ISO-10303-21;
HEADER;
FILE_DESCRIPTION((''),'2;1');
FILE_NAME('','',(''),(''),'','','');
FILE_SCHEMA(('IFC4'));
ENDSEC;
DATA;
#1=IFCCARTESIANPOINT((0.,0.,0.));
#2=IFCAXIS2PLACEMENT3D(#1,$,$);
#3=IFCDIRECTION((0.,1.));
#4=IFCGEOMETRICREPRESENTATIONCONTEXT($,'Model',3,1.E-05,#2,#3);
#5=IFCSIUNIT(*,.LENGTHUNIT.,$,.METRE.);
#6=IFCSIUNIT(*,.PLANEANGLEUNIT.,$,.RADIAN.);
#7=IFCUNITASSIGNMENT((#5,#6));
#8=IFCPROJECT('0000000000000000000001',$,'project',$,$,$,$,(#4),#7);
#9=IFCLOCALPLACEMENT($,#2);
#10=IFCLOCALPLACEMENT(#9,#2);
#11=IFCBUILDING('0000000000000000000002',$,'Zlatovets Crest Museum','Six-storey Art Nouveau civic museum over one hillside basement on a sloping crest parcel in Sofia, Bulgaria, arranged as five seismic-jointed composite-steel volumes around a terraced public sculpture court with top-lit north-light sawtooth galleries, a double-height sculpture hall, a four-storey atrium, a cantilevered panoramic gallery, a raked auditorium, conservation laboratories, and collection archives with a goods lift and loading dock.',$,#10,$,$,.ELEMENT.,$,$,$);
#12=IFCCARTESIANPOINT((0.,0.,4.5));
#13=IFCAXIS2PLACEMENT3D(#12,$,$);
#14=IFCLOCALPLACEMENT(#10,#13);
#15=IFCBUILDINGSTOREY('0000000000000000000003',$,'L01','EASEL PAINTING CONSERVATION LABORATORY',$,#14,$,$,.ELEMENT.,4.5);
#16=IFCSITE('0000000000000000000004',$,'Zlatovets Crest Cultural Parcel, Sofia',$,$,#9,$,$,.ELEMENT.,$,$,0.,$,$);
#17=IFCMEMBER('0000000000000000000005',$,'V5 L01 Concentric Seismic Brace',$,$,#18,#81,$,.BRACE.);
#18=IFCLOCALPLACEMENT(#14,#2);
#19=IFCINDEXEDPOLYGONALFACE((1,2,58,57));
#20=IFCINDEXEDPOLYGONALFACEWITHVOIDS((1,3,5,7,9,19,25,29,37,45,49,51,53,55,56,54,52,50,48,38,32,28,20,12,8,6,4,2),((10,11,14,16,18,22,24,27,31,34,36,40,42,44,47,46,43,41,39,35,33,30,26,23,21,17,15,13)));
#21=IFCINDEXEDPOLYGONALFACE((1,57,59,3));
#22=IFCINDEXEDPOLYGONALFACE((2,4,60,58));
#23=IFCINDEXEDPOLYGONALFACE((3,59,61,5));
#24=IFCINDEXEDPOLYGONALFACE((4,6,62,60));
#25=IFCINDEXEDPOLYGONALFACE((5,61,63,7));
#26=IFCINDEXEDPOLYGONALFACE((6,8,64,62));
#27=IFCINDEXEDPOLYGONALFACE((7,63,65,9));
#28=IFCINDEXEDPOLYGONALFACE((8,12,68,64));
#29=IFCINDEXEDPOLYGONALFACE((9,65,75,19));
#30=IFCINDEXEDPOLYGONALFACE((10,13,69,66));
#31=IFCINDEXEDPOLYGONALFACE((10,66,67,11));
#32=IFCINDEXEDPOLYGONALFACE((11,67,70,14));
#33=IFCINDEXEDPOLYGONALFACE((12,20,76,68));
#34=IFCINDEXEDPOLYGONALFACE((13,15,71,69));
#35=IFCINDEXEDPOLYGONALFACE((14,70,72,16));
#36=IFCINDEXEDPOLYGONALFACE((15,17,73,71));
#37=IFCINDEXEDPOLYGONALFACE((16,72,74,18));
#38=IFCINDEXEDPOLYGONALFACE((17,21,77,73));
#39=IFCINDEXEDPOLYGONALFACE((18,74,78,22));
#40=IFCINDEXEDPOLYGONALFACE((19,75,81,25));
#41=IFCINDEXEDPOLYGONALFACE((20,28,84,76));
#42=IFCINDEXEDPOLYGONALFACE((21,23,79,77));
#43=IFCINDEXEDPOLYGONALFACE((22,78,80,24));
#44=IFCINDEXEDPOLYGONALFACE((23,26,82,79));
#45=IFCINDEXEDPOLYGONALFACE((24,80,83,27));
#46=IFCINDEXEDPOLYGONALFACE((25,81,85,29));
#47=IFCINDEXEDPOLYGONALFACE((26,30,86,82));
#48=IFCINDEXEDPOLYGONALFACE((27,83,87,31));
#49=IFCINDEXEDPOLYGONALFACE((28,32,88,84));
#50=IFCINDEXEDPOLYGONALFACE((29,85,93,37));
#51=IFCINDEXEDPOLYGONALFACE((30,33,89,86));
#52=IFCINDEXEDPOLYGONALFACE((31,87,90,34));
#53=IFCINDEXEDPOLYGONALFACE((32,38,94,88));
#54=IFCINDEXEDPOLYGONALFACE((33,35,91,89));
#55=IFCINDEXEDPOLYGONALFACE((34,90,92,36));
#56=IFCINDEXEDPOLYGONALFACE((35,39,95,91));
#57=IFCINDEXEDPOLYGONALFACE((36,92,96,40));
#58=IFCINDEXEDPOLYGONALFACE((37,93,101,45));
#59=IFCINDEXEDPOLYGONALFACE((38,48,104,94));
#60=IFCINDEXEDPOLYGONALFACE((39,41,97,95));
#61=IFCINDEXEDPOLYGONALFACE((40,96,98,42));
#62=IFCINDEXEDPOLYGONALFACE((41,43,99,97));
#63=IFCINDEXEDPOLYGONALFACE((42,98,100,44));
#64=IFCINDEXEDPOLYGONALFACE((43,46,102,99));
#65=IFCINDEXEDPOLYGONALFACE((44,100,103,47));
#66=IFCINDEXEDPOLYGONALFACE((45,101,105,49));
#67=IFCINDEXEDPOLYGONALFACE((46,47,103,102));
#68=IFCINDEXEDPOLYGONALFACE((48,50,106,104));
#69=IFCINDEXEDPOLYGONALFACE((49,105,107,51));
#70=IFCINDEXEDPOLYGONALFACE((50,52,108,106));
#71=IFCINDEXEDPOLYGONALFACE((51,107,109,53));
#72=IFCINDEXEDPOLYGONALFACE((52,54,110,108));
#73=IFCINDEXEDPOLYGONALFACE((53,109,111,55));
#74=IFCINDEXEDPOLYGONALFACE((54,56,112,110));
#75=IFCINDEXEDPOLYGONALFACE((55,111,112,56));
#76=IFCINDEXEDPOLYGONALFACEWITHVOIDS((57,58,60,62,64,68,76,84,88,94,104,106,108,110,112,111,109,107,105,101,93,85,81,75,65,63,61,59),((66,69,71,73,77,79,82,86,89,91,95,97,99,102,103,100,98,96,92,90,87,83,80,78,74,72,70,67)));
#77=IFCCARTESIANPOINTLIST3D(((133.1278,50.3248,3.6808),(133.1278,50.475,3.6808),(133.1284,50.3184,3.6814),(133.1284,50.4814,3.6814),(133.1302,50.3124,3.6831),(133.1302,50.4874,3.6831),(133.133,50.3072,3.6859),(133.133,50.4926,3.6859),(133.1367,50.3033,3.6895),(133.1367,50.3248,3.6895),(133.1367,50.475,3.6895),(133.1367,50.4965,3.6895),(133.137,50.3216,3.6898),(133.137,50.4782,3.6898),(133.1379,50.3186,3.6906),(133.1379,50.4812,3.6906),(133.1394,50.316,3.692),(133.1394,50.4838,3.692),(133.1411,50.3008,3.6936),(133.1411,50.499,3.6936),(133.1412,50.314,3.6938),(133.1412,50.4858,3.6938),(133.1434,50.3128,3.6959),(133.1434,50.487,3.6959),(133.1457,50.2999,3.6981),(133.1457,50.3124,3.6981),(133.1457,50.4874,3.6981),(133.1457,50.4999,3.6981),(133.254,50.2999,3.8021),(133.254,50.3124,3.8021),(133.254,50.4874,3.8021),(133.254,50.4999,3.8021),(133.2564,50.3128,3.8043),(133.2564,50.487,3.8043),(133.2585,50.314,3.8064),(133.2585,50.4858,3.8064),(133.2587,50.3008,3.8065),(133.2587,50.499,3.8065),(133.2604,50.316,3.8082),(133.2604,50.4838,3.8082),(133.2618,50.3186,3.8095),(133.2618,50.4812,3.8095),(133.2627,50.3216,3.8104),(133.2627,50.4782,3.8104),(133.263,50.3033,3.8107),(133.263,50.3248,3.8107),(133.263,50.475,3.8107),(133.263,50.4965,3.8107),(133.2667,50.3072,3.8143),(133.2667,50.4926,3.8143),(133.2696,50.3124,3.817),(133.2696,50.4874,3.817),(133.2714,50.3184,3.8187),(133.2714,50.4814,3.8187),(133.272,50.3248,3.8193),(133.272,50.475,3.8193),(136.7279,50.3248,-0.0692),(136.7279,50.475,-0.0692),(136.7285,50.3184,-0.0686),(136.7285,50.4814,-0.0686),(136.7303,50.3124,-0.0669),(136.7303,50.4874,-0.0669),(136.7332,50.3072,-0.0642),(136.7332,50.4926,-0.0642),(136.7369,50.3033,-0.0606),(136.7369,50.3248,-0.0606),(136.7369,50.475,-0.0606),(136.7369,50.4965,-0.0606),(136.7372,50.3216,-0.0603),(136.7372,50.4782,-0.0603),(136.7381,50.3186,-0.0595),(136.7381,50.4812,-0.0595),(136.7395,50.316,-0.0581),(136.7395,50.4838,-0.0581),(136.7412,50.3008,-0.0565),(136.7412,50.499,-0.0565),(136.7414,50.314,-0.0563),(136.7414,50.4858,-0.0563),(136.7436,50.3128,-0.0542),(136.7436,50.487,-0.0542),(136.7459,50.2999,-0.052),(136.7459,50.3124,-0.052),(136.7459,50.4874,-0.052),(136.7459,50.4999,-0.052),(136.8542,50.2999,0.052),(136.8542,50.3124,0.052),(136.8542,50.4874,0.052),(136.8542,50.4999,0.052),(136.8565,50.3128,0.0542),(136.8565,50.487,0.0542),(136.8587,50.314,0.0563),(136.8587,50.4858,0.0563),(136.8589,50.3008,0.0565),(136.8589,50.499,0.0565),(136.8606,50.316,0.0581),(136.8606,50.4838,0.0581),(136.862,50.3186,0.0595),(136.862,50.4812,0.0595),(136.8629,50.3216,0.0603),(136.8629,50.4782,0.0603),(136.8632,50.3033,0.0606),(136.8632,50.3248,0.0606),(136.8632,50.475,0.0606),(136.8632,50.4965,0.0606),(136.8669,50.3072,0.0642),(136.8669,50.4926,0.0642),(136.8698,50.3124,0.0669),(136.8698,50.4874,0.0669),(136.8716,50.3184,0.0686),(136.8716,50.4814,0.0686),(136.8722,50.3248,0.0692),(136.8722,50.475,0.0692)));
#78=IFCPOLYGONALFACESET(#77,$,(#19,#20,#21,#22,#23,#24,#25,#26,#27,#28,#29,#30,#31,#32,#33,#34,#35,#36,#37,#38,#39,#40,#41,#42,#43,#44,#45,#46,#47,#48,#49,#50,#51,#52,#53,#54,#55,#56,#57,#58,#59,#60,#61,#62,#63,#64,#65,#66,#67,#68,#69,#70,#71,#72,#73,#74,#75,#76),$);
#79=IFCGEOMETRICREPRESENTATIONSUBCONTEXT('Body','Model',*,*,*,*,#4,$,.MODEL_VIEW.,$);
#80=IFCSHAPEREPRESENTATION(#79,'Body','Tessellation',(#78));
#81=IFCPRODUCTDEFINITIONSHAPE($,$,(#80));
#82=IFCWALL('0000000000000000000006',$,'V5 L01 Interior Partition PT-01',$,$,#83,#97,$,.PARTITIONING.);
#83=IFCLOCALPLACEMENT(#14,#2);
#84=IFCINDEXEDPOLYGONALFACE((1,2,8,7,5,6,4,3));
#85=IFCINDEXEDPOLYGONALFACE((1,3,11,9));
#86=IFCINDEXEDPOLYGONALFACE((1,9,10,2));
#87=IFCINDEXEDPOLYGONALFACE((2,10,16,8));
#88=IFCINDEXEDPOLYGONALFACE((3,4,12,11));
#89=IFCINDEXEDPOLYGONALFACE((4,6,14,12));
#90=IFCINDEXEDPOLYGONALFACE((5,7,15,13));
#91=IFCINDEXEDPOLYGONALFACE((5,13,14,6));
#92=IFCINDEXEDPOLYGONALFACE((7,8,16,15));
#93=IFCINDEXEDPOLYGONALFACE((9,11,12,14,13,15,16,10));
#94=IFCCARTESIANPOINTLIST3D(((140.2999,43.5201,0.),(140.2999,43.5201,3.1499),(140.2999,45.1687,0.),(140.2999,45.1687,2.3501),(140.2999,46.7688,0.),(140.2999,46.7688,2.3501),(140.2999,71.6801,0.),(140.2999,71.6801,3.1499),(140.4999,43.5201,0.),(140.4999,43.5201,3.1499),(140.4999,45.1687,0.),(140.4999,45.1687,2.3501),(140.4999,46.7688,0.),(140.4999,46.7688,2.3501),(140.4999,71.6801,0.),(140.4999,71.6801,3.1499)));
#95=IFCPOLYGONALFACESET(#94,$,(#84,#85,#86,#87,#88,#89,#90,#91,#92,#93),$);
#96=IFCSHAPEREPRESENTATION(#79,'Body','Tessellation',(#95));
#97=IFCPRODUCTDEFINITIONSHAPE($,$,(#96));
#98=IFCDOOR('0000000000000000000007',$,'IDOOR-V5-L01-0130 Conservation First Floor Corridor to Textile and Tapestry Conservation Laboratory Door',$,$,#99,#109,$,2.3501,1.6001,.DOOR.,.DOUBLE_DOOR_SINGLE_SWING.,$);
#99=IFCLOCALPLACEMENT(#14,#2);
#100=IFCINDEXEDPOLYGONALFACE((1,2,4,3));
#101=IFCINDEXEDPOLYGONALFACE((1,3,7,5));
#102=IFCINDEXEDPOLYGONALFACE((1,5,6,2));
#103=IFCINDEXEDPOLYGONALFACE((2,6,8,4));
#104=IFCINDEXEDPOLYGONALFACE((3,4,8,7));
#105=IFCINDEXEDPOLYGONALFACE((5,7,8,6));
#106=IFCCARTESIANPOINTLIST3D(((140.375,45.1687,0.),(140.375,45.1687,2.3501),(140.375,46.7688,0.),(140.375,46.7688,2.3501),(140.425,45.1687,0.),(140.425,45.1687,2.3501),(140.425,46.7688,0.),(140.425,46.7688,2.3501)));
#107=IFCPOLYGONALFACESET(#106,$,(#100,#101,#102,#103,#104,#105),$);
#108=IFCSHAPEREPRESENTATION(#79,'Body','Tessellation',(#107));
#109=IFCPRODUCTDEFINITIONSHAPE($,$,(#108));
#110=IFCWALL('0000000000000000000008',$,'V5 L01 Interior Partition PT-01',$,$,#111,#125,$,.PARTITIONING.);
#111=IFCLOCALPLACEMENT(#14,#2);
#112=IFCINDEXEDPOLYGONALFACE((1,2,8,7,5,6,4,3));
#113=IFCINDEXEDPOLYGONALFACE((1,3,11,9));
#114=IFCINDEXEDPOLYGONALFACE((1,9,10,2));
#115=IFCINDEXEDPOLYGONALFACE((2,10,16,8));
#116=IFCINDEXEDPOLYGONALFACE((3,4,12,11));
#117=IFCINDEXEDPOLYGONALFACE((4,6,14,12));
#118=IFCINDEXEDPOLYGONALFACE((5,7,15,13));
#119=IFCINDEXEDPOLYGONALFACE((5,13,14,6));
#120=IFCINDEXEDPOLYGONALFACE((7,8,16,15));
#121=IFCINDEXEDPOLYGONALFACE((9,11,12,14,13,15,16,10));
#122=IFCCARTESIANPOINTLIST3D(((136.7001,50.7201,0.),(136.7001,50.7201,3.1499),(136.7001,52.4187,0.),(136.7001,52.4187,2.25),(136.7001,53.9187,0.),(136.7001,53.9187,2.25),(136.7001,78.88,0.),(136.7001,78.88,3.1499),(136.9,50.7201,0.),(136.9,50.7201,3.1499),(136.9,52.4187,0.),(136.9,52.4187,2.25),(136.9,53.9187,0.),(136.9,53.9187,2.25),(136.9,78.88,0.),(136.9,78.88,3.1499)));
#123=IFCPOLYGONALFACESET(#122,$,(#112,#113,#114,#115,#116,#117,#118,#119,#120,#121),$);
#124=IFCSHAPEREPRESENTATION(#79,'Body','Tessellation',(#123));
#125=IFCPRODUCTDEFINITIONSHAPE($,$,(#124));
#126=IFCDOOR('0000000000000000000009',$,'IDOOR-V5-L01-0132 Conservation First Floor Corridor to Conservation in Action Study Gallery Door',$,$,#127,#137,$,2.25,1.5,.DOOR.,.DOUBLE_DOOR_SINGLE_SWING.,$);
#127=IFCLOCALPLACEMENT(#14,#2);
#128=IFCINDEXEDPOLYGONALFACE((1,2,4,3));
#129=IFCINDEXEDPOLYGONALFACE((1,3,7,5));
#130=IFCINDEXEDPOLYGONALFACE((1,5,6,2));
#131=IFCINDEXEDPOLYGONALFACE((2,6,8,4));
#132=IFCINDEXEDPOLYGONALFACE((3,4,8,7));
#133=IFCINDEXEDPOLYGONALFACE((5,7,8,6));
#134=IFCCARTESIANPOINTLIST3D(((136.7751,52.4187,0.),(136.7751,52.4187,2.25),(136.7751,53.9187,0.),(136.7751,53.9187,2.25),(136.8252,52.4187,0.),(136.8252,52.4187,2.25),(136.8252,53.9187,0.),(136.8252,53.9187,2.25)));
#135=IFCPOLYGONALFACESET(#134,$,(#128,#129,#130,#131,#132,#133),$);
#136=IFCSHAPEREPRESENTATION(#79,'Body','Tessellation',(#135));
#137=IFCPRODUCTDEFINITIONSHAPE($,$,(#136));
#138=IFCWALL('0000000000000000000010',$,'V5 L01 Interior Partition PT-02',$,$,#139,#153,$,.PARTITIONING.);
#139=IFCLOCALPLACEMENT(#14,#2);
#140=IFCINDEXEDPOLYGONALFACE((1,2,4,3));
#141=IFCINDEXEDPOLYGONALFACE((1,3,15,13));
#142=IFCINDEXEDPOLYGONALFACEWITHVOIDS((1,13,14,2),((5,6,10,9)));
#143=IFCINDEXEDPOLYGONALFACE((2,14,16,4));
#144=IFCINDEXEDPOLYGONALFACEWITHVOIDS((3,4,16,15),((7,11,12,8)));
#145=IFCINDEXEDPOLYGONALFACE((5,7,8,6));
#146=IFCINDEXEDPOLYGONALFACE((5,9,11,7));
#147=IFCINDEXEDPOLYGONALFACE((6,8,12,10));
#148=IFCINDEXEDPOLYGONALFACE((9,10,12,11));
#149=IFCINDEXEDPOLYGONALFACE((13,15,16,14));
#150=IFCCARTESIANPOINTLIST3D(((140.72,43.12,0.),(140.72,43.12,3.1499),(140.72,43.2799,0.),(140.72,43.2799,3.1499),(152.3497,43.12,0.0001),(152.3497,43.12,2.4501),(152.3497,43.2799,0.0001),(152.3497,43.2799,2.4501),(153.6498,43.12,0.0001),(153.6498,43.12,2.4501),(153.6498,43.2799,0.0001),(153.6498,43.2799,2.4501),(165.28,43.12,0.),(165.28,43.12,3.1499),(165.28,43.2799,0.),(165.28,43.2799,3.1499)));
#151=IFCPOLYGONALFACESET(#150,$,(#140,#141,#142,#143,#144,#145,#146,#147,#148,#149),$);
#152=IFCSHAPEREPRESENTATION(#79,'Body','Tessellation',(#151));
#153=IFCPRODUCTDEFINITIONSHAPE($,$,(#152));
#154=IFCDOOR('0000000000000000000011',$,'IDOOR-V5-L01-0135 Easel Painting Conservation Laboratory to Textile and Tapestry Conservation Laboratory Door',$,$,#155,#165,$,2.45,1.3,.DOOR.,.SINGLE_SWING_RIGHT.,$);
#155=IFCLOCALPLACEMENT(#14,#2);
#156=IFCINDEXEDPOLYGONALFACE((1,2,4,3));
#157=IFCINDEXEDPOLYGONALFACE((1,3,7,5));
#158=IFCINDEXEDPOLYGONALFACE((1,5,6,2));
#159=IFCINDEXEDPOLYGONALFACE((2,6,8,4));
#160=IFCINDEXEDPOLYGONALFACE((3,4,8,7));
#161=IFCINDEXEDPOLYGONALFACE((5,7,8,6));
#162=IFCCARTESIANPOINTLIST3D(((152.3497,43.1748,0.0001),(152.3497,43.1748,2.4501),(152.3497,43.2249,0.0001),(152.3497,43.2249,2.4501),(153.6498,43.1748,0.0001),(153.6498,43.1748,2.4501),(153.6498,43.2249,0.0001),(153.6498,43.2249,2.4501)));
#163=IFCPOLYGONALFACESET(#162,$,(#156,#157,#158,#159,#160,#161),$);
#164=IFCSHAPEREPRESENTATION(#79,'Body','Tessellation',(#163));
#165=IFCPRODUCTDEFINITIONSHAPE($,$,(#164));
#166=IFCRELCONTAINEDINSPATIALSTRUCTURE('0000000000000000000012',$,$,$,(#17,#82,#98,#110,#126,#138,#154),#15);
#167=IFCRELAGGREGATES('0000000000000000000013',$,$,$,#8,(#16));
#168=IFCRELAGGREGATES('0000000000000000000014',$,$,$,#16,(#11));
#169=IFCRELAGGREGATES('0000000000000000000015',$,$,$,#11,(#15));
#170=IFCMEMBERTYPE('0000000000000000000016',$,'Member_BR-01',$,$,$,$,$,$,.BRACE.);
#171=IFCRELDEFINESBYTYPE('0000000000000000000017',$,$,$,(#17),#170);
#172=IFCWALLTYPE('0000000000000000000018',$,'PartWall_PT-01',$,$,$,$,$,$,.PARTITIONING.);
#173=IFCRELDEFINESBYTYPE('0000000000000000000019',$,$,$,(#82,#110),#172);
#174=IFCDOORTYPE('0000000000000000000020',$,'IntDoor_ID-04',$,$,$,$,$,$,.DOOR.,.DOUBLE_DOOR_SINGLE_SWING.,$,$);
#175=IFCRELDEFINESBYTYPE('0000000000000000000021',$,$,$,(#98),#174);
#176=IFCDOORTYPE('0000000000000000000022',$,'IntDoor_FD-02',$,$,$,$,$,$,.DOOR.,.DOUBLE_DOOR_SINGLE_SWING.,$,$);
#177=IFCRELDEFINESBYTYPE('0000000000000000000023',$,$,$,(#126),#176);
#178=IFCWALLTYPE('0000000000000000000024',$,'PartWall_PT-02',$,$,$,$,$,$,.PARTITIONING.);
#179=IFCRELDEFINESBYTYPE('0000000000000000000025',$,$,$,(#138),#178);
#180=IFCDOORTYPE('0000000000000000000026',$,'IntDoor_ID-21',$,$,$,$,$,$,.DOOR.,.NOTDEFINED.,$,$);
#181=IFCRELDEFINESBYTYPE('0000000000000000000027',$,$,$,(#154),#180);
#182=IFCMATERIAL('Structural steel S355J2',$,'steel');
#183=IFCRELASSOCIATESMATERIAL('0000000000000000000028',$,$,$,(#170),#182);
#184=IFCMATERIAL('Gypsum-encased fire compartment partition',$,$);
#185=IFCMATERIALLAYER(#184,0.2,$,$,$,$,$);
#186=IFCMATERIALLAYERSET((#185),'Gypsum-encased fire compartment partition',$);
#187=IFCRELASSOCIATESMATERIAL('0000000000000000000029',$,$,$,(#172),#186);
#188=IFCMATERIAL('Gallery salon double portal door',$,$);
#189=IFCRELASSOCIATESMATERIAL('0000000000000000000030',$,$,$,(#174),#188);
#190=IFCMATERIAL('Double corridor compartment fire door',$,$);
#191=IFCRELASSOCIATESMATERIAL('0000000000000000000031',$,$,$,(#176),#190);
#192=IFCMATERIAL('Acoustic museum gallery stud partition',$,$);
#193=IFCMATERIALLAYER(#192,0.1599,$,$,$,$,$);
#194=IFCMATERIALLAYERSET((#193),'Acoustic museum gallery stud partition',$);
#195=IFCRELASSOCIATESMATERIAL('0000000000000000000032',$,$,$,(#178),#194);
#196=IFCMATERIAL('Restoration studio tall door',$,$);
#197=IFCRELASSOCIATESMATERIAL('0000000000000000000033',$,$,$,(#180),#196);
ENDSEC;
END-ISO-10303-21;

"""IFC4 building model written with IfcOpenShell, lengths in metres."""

from ifc_helpers import new_model, si_unit, direction, frame, frame_2d, origin, origin_2d, place, context, subcontext, project, spatial, rectangle, hollow_rectangle, extrude, material, layer, layer_set, material_profile, profile_set, type_object, element, fill, save


model = new_model("IFC4")

# Units and contexts
model_context = context("Model", 3, precision=1e-05, world=origin(), true_north=direction((0.0, 1.0)))
body_context = subcontext(model_context, "Body", "Model", "MODEL_VIEW")
ifc_project = project(units=[si_unit("LENGTHUNIT", "METRE"), si_unit("PLANEANGLEUNIT", "RADIAN")], contexts=[model_context])

# Site, building, storey
site_placement = place(None, origin())
site = spatial("IfcSite", under=ifc_project, at=site_placement, Name="Zlatovets Crest Cultural Parcel, Sofia", CompositionType="ELEMENT", RefElevation=0.0)
building_placement = place(site_placement, origin())
building = spatial("IfcBuilding", under=site, at=building_placement, Name="Zlatovets Crest Museum", Description="Six-storey Art Nouveau civic museum over one hillside basement on a sloping crest parcel in Sofia, Bulgaria, arranged as five seismic-jointed composite-steel volumes around a terraced public sculpture court with top-lit north-light sawtooth galleries, a double-height sculpture hall, a four-storey atrium, a cantilevered panoramic gallery, a raked auditorium, conservation laboratories, and collection archives with a goods lift and loading dock.", CompositionType="ELEMENT")
storey_placement = place(building_placement, frame((0.0, 0.0, 4.5)))
storey = spatial("IfcBuildingStorey", under=building, at=storey_placement, Name="L01", Description="EASEL PAINTING CONSERVATION LABORATORY", CompositionType="ELEMENT", Elevation=4.5)

# Shared definitions
ifc_material_1 = material(Name="Structural steel S355J2", Category="steel")

# Member
ifc_material_profile_1 = material_profile(ifc_material_1, hollow_rectangle(XDim=0.2, YDim=0.2, WallThickness=0.0125, InnerFilletRadius=0.0125, OuterFilletRadius=0.0249, at=origin_2d()), Name="SHS 200x200x12.5")
ifc_profile_set_1 = profile_set([ifc_material_profile_1], Name="Structural steel S355J2")
member_type = type_object("IfcMemberType", Name="Member_BR-01", PredefinedType="BRACE", material=ifc_profile_set_1)
member_placement = place(storey_placement, frame((136.8, 50.3999, 0.0), z_axis=(-0.692542, 0.0, 0.721378), x_axis=(0.0, -1.0, 0.0)))
element("IfcMember", 1, at=member_placement, inside=storey, type_object=member_type, Name="V5 L01 Concentric Seismic Brace", PredefinedType="BRACE", context=body_context, shape_type="SweptSolid", body=[
    extrude(hollow_rectangle(XDim=0.2, YDim=0.2, WallThickness=0.0125, InnerFilletRadius=0.0125, OuterFilletRadius=0.0249, at=origin_2d()), origin(), (0.0, 0.0, 1.0), 5.1985),
])

# Walls, openings, doors
ifc_material_2 = material(Name="Gypsum-encased fire compartment partition")
ifc_layer_1 = layer(ifc_material_2, 0.2)
ifc_layer_set_1 = layer_set([ifc_layer_1], Name="Gypsum-encased fire compartment partition")
wall_type_1 = type_object("IfcWallType", Name="PartWall_PT-01", PredefinedType="PARTITIONING", material=ifc_layer_set_1)
wall_1_placement = place(storey_placement, frame((140.3999, 43.52, 0.0), z_axis=(0.0, 0.0, 1.0), x_axis=(0.0, 1.0, 0.0)))
wall_1 = element("IfcWall", 2, at=wall_1_placement, inside=storey, type_object=wall_type_1, Name="V5 L01 Interior Partition PT-01", PredefinedType="PARTITIONING", context=body_context, shape_type="SweptSolid", body=[
    extrude(rectangle(XDim=28.1599, YDim=0.2, at=frame_2d((14.0801, 0.0))), origin(), (0.0, 0.0, 1.0), 3.1499),
])
opening_1_placement = place(wall_1_placement, frame((1.6487, 0.0, 0.0)))
opening_1 = element("IfcOpeningElement", 3, at=opening_1_placement, cuts=wall_1, PredefinedType="OPENING", context=body_context, shape_type="SweptSolid", body=[
    extrude(rectangle(XDim=1.6001, YDim=2.3501, at=frame_2d((0.8, 1.175))), frame((0.0, 0.1099, 0.0), z_axis=(0.0, -1.0, 0.0), x_axis=(1.0, 0.0, 0.0)), (0.0, 0.0, 1.0), 0.22),
])
ifc_material_3 = material(Name="Gallery salon double portal door")
door_type_1 = type_object("IfcDoorType", Name="IntDoor_ID-04", OperationType="DOUBLE_DOOR_SINGLE_SWING", PredefinedType="DOOR", material=ifc_material_3)
door_1_placement = place(opening_1_placement, origin())
door_1 = element("IfcDoor", 4, at=door_1_placement, inside=storey, type_object=door_type_1, Name="IDOOR-V5-L01-0130 Conservation First Floor Corridor to Textile and Tapestry Conservation Laboratory Door", OperationType="DOUBLE_DOOR_SINGLE_SWING", OverallHeight=2.3501, OverallWidth=1.6001, PredefinedType="DOOR", context=body_context, shape_type="SweptSolid", body=[
    extrude(rectangle(XDim=1.6001, YDim=2.3501, at=frame_2d((0.8, 1.175))), frame((0.0, 0.0249, 0.0), z_axis=(0.0, -1.0, 0.0), x_axis=(1.0, 0.0, 0.0)), (0.0, 0.0, 1.0), 0.05),
])
fill(opening_1, door_1)
wall_2_placement = place(storey_placement, frame((136.8, 50.72, 0.0), z_axis=(0.0, 0.0, 1.0), x_axis=(0.0, 1.0, 0.0)))
wall_2 = element("IfcWall", 5, at=wall_2_placement, inside=storey, type_object=wall_type_1, Name="V5 L01 Interior Partition PT-01", PredefinedType="PARTITIONING", context=body_context, shape_type="SweptSolid", body=[
    extrude(rectangle(XDim=28.1599, YDim=0.2, at=frame_2d((14.0801, 0.0))), origin(), (0.0, 0.0, 1.0), 3.1499),
])
opening_2_placement = place(wall_2_placement, frame((1.6987, 0.0, 0.0)))
opening_2 = element("IfcOpeningElement", 6, at=opening_2_placement, cuts=wall_2, PredefinedType="OPENING", context=body_context, shape_type="SweptSolid", body=[
    extrude(rectangle(XDim=1.5, YDim=2.25, at=frame_2d((0.75, 1.125))), frame((0.0, 0.1099, 0.0), z_axis=(0.0, -1.0, 0.0), x_axis=(1.0, 0.0, 0.0)), (0.0, 0.0, 1.0), 0.22),
])
ifc_material_4 = material(Name="Double corridor compartment fire door")
door_type_2 = type_object("IfcDoorType", Name="IntDoor_FD-02", OperationType="DOUBLE_DOOR_SINGLE_SWING", PredefinedType="DOOR", material=ifc_material_4)
door_2_placement = place(opening_2_placement, origin())
door_2 = element("IfcDoor", 7, at=door_2_placement, inside=storey, type_object=door_type_2, Name="IDOOR-V5-L01-0132 Conservation First Floor Corridor to Conservation in Action Study Gallery Door", OperationType="DOUBLE_DOOR_SINGLE_SWING", OverallHeight=2.25, OverallWidth=1.5, PredefinedType="DOOR", context=body_context, shape_type="SweptSolid", body=[
    extrude(rectangle(XDim=1.5, YDim=2.25, at=frame_2d((0.75, 1.125))), frame((0.0, 0.0249, 0.0), z_axis=(0.0, -1.0, 0.0), x_axis=(1.0, 0.0, 0.0)), (0.0, 0.0, 1.0), 0.05),
])
fill(opening_2, door_2)
ifc_material_5 = material(Name="Acoustic museum gallery stud partition")
ifc_layer_2 = layer(ifc_material_5, 0.1599)
ifc_layer_set_2 = layer_set([ifc_layer_2], Name="Acoustic museum gallery stud partition")
wall_type_2 = type_object("IfcWallType", Name="PartWall_PT-02", PredefinedType="PARTITIONING", material=ifc_layer_set_2)
wall_3_placement = place(storey_placement, frame((140.72, 43.2, 0.0), z_axis=(0.0, 0.0, 1.0), x_axis=(1.0, 0.0, 0.0)))
wall_3 = element("IfcWall", 8, at=wall_3_placement, inside=storey, type_object=wall_type_2, Name="V5 L01 Interior Partition PT-02", PredefinedType="PARTITIONING", context=body_context, shape_type="SweptSolid", body=[
    extrude(rectangle(XDim=24.5601, YDim=0.1599, at=frame_2d((12.28, 0.0))), origin(), (0.0, 0.0, 1.0), 3.1499),
])
opening_3_placement = place(wall_3_placement, frame((11.6299, 0.0, 0.0)))
opening_3 = element("IfcOpeningElement", 9, at=opening_3_placement, cuts=wall_3, PredefinedType="OPENING", context=body_context, shape_type="SweptSolid", body=[
    extrude(rectangle(XDim=1.3, YDim=2.45, at=frame_2d((0.6499, 1.2251))), frame((0.0, 0.0898, 0.0), z_axis=(0.0, -1.0, 0.0), x_axis=(1.0, 0.0, 0.0)), (0.0, 0.0, 1.0), 0.1799),
])
ifc_material_6 = material(Name="Restoration studio tall door")
door_type_3 = type_object("IfcDoorType", Name="IntDoor_ID-21", OperationType="NOTDEFINED", PredefinedType="DOOR", material=ifc_material_6)
door_3_placement = place(opening_3_placement, origin())
door_3 = element("IfcDoor", 10, at=door_3_placement, inside=storey, type_object=door_type_3, Name="IDOOR-V5-L01-0135 Easel Painting Conservation Laboratory to Textile and Tapestry Conservation Laboratory Door", OperationType="SINGLE_SWING_RIGHT", OverallHeight=2.45, OverallWidth=1.3, PredefinedType="DOOR", context=body_context, shape_type="SweptSolid", body=[
    extrude(rectangle(XDim=1.3, YDim=2.45, at=frame_2d((0.6499, 1.2251))), frame((0.0, 0.0249, 0.0), z_axis=(0.0, -1.0, 0.0), x_axis=(1.0, 0.0, 0.0)), (0.0, 0.0, 1.0), 0.05),
])
fill(opening_3, door_3)

save(model, "model.ifc")
